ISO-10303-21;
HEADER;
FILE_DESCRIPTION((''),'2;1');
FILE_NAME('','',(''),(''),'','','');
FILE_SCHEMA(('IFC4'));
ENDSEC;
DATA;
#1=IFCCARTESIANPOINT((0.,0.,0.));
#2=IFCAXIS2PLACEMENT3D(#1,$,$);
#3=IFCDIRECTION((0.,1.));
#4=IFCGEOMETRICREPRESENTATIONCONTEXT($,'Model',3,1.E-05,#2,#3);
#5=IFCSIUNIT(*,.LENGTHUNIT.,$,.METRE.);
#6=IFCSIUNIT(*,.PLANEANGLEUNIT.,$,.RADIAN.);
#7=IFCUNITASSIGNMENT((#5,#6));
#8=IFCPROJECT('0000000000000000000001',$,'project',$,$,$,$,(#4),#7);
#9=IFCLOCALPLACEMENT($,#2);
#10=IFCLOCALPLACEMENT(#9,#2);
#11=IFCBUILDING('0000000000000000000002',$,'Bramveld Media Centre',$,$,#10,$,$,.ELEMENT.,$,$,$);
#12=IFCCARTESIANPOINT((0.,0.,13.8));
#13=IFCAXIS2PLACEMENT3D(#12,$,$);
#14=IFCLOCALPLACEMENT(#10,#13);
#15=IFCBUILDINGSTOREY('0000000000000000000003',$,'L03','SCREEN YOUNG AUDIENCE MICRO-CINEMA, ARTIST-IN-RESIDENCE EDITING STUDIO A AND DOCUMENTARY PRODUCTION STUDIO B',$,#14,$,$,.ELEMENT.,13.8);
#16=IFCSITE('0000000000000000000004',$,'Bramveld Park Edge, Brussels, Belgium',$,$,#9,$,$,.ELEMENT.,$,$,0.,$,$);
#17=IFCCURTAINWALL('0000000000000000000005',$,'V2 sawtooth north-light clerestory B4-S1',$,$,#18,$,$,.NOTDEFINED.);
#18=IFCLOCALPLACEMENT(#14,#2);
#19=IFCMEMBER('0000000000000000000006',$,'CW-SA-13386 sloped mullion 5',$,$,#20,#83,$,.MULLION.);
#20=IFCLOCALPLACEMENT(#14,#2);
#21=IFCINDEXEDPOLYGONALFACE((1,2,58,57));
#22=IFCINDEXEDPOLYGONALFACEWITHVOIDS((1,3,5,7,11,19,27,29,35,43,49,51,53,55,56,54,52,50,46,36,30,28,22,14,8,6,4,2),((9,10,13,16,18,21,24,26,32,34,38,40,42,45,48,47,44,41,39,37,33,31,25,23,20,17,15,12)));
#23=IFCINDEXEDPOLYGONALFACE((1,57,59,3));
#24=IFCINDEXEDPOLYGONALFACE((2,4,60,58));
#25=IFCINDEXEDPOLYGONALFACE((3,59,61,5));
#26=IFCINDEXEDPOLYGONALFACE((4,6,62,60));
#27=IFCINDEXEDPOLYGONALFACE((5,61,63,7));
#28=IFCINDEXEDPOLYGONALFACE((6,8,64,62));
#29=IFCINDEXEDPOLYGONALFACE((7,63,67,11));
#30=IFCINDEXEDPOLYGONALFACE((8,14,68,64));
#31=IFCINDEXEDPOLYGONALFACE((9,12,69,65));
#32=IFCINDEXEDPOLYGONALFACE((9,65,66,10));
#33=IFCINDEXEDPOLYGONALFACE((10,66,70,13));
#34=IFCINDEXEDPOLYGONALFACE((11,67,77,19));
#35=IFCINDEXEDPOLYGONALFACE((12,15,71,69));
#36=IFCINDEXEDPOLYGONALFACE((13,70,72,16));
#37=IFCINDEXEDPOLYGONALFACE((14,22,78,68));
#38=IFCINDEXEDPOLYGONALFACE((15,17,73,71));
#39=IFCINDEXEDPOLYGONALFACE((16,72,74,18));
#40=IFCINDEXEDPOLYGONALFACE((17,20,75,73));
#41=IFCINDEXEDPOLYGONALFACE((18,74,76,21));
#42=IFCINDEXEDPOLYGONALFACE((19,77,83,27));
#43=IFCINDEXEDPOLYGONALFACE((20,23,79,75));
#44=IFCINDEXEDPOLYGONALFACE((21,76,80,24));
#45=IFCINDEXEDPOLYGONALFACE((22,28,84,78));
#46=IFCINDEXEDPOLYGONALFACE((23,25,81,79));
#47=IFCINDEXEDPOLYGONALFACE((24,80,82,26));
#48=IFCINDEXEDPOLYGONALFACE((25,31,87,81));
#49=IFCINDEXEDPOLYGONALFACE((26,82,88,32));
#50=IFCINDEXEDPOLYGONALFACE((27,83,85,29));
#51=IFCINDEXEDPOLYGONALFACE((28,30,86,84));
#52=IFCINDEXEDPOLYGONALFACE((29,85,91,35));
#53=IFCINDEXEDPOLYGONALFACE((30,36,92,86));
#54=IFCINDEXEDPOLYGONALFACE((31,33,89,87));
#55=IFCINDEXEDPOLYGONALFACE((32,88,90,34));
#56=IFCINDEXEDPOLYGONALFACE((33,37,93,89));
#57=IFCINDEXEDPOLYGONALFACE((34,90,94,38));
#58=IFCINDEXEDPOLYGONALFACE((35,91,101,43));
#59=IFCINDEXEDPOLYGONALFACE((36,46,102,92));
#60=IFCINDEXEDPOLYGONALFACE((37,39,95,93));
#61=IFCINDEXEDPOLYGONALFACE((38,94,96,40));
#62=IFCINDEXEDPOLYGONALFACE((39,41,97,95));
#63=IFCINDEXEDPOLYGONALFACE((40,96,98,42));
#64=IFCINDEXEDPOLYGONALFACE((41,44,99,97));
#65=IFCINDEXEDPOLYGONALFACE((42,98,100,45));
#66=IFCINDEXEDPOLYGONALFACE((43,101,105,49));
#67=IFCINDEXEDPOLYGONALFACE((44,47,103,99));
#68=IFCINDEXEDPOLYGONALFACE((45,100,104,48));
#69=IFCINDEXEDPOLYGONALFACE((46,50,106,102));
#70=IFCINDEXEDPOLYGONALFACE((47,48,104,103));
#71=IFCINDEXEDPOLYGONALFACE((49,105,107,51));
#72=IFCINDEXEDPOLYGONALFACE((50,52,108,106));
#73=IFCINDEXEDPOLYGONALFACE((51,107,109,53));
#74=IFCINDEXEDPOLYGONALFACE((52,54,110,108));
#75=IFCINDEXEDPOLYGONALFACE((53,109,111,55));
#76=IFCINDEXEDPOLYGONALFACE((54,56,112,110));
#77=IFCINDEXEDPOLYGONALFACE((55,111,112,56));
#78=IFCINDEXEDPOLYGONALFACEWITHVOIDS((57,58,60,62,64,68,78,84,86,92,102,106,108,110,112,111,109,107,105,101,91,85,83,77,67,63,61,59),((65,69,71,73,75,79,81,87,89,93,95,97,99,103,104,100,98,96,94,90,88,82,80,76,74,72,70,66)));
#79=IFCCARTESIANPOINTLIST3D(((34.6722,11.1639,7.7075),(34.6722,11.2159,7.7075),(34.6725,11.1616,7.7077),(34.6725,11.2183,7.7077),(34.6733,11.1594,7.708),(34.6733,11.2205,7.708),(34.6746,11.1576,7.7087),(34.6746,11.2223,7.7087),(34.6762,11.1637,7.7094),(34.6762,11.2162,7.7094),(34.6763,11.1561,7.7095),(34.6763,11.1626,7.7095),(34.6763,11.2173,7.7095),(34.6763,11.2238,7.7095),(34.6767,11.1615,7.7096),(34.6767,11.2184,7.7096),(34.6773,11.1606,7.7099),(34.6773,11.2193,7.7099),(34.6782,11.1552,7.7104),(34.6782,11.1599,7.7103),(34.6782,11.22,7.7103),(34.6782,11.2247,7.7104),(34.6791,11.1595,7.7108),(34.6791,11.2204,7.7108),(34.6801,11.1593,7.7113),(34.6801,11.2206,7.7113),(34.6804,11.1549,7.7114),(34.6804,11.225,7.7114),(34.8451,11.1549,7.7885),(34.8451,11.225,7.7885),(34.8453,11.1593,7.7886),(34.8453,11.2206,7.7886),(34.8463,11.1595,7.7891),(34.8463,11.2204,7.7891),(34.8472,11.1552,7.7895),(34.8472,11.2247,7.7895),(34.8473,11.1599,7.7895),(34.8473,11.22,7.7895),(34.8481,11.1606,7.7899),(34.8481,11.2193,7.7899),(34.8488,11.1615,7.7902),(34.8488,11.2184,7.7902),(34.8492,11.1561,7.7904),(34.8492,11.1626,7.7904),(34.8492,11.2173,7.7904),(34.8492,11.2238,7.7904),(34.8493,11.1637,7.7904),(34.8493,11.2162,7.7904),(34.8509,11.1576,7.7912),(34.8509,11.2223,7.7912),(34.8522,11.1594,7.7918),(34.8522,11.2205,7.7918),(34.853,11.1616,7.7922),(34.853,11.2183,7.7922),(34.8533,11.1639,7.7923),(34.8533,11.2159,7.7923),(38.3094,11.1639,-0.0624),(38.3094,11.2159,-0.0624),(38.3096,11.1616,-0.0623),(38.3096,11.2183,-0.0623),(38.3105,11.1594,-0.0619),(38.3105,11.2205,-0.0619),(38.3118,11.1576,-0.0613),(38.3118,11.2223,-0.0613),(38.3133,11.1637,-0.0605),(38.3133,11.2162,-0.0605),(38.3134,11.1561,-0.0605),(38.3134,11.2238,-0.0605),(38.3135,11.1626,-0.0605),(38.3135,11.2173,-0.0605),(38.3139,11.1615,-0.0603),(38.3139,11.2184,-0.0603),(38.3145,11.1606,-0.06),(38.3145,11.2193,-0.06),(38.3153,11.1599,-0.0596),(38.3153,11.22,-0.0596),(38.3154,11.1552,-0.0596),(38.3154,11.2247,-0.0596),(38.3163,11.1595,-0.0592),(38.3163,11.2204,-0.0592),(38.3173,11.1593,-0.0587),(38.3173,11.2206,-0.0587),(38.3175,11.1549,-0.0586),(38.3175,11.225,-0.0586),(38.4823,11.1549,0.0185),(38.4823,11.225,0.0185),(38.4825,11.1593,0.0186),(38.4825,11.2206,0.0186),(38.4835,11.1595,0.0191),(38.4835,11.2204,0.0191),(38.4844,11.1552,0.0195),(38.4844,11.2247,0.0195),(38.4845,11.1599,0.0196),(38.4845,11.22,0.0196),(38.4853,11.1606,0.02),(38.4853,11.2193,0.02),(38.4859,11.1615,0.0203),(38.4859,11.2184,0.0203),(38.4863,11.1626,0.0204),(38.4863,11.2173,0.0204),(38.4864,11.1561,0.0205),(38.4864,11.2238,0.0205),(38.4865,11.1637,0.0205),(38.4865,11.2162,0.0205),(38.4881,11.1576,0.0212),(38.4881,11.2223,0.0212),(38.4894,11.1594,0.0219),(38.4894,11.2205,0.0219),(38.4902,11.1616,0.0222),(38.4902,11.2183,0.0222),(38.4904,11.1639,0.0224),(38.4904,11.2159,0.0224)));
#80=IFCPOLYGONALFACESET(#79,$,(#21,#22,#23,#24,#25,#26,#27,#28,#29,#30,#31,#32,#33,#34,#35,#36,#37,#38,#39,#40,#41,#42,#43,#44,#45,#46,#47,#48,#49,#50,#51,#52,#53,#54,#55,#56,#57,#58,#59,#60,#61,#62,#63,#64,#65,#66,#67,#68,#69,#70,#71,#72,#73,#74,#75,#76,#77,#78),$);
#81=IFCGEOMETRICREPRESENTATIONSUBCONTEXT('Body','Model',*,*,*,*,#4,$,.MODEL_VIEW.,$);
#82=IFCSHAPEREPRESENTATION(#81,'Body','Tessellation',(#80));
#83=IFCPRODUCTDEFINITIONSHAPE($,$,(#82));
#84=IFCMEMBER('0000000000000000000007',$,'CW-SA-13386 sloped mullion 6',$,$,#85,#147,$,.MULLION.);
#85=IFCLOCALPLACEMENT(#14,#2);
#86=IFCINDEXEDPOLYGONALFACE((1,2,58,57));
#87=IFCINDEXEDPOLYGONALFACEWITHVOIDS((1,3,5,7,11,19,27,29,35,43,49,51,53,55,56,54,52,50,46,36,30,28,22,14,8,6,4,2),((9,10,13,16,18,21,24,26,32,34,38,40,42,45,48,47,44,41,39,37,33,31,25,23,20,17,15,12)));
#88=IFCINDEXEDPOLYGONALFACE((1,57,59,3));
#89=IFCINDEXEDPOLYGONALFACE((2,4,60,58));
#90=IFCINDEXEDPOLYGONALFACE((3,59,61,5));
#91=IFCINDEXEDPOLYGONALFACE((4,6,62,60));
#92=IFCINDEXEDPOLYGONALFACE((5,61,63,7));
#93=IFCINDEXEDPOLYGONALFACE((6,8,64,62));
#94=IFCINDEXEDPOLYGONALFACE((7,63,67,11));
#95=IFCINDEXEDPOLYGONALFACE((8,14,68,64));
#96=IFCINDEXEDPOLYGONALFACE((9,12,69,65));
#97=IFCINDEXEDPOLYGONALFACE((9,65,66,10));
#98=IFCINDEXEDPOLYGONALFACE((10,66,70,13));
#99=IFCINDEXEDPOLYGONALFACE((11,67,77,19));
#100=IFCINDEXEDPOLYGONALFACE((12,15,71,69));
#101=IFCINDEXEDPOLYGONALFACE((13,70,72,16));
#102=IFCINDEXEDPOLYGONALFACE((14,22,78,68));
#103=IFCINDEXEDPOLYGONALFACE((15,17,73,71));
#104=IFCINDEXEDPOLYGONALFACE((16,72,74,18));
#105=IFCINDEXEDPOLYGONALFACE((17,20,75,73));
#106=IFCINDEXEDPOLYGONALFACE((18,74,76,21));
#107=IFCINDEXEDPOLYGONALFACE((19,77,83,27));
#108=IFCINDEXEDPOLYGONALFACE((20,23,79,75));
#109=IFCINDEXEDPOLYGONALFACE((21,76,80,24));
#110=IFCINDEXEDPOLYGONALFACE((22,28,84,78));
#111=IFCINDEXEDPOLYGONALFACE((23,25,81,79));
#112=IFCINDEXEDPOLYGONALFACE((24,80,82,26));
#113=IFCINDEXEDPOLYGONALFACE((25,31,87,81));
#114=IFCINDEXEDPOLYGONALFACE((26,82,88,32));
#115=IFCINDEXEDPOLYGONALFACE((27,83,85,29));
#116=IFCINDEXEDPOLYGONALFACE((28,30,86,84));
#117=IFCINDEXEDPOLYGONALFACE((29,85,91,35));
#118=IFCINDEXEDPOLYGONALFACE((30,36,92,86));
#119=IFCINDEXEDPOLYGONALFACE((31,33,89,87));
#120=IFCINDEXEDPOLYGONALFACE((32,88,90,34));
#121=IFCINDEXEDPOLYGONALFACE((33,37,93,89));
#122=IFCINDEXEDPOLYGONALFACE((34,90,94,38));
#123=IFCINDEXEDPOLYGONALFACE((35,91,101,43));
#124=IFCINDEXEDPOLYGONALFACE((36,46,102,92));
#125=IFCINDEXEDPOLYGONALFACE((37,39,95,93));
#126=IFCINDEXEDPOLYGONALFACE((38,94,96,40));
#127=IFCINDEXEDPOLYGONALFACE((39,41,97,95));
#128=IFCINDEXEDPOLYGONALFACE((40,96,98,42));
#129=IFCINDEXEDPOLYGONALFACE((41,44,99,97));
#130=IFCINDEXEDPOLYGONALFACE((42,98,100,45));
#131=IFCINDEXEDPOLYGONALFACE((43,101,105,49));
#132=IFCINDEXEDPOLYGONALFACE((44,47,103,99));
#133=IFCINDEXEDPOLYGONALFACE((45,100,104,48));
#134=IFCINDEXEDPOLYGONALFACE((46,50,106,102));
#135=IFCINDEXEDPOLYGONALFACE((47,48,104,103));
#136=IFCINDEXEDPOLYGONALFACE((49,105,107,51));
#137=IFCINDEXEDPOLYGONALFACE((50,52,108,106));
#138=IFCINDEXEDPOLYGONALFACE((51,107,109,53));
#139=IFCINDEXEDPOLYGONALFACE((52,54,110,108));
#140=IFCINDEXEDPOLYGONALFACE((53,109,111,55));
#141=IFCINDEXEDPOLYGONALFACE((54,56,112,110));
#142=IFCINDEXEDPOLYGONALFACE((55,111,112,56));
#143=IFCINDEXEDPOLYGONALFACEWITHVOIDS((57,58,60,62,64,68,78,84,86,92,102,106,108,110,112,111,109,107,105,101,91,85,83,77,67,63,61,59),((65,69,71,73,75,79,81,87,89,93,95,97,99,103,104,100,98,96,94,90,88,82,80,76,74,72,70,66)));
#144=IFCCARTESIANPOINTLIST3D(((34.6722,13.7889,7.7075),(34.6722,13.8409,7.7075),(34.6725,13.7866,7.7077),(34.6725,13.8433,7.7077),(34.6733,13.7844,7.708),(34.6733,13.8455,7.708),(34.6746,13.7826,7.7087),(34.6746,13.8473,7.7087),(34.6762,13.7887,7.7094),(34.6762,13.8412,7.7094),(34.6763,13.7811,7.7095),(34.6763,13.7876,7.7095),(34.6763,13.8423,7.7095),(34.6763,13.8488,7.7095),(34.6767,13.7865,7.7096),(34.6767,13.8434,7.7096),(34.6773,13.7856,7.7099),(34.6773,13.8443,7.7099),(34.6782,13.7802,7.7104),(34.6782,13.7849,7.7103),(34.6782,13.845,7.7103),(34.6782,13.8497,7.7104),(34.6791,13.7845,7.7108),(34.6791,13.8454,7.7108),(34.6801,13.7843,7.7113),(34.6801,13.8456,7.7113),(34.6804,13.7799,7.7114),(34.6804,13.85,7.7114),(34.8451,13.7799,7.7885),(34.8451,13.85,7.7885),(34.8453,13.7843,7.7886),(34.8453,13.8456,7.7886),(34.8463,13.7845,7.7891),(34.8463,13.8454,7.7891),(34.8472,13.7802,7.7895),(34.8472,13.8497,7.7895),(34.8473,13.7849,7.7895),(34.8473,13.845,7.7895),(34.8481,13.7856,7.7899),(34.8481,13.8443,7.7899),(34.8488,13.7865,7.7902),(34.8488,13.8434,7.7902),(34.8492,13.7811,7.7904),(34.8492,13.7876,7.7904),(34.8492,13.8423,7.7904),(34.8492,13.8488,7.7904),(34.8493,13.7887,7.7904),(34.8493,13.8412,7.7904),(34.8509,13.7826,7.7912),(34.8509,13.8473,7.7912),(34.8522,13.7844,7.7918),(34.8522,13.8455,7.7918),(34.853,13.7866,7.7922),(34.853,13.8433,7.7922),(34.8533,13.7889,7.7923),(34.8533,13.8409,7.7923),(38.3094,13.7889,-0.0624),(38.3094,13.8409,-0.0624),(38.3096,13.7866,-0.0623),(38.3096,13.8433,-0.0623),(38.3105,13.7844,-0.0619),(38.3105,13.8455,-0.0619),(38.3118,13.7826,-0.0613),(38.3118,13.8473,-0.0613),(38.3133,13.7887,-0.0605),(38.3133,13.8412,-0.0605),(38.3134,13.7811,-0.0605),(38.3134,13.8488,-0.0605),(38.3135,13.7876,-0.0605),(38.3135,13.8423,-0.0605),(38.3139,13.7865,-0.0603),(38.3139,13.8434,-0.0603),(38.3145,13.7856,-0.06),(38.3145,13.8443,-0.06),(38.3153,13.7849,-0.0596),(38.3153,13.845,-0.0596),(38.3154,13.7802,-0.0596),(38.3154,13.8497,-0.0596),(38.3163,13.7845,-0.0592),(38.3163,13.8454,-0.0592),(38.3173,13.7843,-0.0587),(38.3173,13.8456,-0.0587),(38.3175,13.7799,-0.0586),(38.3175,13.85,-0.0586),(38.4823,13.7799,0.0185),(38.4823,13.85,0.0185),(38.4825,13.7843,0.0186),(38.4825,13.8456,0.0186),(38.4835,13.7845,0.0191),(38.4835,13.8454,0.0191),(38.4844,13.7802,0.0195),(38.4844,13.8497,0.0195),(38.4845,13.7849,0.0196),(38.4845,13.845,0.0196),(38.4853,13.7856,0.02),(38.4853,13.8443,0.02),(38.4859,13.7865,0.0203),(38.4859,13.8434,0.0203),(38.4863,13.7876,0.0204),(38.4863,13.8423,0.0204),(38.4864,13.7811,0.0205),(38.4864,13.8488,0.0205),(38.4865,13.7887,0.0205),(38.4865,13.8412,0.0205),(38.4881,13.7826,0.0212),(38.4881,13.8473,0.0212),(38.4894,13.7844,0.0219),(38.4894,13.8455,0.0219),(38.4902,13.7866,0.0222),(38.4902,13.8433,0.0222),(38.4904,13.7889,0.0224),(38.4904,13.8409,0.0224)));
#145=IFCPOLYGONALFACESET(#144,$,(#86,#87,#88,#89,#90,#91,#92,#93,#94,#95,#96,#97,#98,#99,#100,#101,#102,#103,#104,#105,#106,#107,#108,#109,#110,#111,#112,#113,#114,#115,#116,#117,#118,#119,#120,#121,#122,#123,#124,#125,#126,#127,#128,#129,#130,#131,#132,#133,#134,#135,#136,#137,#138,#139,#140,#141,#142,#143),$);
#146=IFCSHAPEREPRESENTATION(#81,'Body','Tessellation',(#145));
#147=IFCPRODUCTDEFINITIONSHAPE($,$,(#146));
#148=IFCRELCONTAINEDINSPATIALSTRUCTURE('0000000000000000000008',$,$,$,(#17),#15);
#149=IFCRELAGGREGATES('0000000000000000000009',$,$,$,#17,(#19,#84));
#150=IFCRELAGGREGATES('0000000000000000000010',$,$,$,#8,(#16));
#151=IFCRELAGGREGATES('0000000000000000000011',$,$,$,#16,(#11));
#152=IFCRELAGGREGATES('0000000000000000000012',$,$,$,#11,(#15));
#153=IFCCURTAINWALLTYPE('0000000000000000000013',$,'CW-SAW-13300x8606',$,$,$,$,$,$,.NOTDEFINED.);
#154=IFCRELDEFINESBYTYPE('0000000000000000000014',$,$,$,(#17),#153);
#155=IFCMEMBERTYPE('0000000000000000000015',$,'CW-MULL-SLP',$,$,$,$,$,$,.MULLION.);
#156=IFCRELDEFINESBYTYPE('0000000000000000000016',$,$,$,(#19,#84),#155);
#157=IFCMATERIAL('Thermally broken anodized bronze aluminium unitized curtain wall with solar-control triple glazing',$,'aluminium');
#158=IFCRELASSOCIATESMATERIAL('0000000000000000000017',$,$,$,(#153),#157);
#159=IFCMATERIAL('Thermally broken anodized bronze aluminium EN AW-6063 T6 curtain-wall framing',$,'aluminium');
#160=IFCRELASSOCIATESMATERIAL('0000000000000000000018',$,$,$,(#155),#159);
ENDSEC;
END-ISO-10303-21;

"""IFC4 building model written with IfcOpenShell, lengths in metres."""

from ifc_helpers import new_model, si_unit, direction, frame, origin, origin_2d, place, context, subcontext, project, spatial, hollow_rectangle, extrude, material, material_profile, profile_set, type_object, element, aggregate, save


model = new_model("IFC4")

# Units and contexts
model_context = context("Model", 3, precision=1e-05, world=origin(), true_north=direction((0.0, 1.0)))
body_context = subcontext(model_context, "Body", "Model", "MODEL_VIEW")
ifc_project = project(units=[si_unit("LENGTHUNIT", "METRE"), si_unit("PLANEANGLEUNIT", "RADIAN")], contexts=[model_context])

# Site, building, storey
site_placement = place(None, origin())
site = spatial("IfcSite", under=ifc_project, at=site_placement, Name="Bramveld Park Edge, Brussels, Belgium", CompositionType="ELEMENT", RefElevation=0.0)
building_placement = place(site_placement, origin())
building = spatial("IfcBuilding", under=site, at=building_placement, Name="Bramveld Media Centre", CompositionType="ELEMENT")
storey_placement = place(building_placement, frame((0.0, 0.0, 13.8)))
storey = spatial("IfcBuildingStorey", under=building, at=storey_placement, Name="L03", Description="SCREEN YOUNG AUDIENCE MICRO-CINEMA, ARTIST-IN-RESIDENCE EDITING STUDIO A AND DOCUMENTARY PRODUCTION STUDIO B", CompositionType="ELEMENT", Elevation=13.8)

# Curtain wall, members
ifc_material_1 = material(Name="Thermally broken anodized bronze aluminium unitized curtain wall with solar-control triple glazing", Category="aluminium")
curtain_wall_type = type_object("IfcCurtainWallType", Name="CW-SAW-13300x8606", PredefinedType="NOTDEFINED", material=ifc_material_1)
curtain_wall_1_placement = place(storey_placement, origin())
curtain_wall_1 = element("IfcCurtainWall", 1, at=curtain_wall_1_placement, inside=storey, type_object=curtain_wall_type, Name="V2 sawtooth north-light clerestory B4-S1", PredefinedType="NOTDEFINED")
ifc_material_2 = material(Name="Thermally broken anodized bronze aluminium EN AW-6063 T6 curtain-wall framing", Category="aluminium")
ifc_material_profile_1 = material_profile(ifc_material_2, hollow_rectangle(XDim=0.0701, YDim=0.2, WallThickness=0.0044, InnerFilletRadius=0.0044, OuterFilletRadius=0.009, at=origin_2d()), Name="AL-MULL 70x200")
ifc_profile_set_1 = profile_set([ifc_material_profile_1], Name="Thermally broken anodized bronze aluminium EN AW-6063 T6 curtain-wall framing")
member_type_1 = type_object("IfcMemberType", Name="CW-MULL-SLP", PredefinedType="MULLION", material=ifc_profile_set_1)
member_1_placement = place(storey_placement, frame((38.3999, 11.1899, -0.02), z_axis=(-0.423957, 0.0, 0.905682), x_axis=(0.0, -1.0, 0.0)))
member_1 = element("IfcMember", 2, at=member_1_placement, type_object=member_type_1, Name="CW-SA-13386 sloped mullion 5", PredefinedType="MULLION", context=body_context, shape_type="SweptSolid", body=[
    extrude(hollow_rectangle(XDim=0.0701, YDim=0.2, WallThickness=0.0044, InnerFilletRadius=0.0044, OuterFilletRadius=0.009, at=origin_2d()), origin(), (0.0, 0.0, 1.0), 8.5791),
])
member_2_placement = place(storey_placement, frame((38.3999, 13.8149, -0.02), z_axis=(-0.423957, 0.0, 0.905682), x_axis=(0.0, -1.0, 0.0)))
member_2 = element("IfcMember", 3, at=member_2_placement, type_object=member_type_1, Name="CW-SA-13386 sloped mullion 6", PredefinedType="MULLION", context=body_context, shape_type="SweptSolid", body=[
    extrude(hollow_rectangle(XDim=0.0701, YDim=0.2, WallThickness=0.0044, InnerFilletRadius=0.0044, OuterFilletRadius=0.009, at=origin_2d()), origin(), (0.0, 0.0, 1.0), 8.5791),
])

aggregate(curtain_wall_1, [member_1, member_2])

save(model, "model.ifc")
